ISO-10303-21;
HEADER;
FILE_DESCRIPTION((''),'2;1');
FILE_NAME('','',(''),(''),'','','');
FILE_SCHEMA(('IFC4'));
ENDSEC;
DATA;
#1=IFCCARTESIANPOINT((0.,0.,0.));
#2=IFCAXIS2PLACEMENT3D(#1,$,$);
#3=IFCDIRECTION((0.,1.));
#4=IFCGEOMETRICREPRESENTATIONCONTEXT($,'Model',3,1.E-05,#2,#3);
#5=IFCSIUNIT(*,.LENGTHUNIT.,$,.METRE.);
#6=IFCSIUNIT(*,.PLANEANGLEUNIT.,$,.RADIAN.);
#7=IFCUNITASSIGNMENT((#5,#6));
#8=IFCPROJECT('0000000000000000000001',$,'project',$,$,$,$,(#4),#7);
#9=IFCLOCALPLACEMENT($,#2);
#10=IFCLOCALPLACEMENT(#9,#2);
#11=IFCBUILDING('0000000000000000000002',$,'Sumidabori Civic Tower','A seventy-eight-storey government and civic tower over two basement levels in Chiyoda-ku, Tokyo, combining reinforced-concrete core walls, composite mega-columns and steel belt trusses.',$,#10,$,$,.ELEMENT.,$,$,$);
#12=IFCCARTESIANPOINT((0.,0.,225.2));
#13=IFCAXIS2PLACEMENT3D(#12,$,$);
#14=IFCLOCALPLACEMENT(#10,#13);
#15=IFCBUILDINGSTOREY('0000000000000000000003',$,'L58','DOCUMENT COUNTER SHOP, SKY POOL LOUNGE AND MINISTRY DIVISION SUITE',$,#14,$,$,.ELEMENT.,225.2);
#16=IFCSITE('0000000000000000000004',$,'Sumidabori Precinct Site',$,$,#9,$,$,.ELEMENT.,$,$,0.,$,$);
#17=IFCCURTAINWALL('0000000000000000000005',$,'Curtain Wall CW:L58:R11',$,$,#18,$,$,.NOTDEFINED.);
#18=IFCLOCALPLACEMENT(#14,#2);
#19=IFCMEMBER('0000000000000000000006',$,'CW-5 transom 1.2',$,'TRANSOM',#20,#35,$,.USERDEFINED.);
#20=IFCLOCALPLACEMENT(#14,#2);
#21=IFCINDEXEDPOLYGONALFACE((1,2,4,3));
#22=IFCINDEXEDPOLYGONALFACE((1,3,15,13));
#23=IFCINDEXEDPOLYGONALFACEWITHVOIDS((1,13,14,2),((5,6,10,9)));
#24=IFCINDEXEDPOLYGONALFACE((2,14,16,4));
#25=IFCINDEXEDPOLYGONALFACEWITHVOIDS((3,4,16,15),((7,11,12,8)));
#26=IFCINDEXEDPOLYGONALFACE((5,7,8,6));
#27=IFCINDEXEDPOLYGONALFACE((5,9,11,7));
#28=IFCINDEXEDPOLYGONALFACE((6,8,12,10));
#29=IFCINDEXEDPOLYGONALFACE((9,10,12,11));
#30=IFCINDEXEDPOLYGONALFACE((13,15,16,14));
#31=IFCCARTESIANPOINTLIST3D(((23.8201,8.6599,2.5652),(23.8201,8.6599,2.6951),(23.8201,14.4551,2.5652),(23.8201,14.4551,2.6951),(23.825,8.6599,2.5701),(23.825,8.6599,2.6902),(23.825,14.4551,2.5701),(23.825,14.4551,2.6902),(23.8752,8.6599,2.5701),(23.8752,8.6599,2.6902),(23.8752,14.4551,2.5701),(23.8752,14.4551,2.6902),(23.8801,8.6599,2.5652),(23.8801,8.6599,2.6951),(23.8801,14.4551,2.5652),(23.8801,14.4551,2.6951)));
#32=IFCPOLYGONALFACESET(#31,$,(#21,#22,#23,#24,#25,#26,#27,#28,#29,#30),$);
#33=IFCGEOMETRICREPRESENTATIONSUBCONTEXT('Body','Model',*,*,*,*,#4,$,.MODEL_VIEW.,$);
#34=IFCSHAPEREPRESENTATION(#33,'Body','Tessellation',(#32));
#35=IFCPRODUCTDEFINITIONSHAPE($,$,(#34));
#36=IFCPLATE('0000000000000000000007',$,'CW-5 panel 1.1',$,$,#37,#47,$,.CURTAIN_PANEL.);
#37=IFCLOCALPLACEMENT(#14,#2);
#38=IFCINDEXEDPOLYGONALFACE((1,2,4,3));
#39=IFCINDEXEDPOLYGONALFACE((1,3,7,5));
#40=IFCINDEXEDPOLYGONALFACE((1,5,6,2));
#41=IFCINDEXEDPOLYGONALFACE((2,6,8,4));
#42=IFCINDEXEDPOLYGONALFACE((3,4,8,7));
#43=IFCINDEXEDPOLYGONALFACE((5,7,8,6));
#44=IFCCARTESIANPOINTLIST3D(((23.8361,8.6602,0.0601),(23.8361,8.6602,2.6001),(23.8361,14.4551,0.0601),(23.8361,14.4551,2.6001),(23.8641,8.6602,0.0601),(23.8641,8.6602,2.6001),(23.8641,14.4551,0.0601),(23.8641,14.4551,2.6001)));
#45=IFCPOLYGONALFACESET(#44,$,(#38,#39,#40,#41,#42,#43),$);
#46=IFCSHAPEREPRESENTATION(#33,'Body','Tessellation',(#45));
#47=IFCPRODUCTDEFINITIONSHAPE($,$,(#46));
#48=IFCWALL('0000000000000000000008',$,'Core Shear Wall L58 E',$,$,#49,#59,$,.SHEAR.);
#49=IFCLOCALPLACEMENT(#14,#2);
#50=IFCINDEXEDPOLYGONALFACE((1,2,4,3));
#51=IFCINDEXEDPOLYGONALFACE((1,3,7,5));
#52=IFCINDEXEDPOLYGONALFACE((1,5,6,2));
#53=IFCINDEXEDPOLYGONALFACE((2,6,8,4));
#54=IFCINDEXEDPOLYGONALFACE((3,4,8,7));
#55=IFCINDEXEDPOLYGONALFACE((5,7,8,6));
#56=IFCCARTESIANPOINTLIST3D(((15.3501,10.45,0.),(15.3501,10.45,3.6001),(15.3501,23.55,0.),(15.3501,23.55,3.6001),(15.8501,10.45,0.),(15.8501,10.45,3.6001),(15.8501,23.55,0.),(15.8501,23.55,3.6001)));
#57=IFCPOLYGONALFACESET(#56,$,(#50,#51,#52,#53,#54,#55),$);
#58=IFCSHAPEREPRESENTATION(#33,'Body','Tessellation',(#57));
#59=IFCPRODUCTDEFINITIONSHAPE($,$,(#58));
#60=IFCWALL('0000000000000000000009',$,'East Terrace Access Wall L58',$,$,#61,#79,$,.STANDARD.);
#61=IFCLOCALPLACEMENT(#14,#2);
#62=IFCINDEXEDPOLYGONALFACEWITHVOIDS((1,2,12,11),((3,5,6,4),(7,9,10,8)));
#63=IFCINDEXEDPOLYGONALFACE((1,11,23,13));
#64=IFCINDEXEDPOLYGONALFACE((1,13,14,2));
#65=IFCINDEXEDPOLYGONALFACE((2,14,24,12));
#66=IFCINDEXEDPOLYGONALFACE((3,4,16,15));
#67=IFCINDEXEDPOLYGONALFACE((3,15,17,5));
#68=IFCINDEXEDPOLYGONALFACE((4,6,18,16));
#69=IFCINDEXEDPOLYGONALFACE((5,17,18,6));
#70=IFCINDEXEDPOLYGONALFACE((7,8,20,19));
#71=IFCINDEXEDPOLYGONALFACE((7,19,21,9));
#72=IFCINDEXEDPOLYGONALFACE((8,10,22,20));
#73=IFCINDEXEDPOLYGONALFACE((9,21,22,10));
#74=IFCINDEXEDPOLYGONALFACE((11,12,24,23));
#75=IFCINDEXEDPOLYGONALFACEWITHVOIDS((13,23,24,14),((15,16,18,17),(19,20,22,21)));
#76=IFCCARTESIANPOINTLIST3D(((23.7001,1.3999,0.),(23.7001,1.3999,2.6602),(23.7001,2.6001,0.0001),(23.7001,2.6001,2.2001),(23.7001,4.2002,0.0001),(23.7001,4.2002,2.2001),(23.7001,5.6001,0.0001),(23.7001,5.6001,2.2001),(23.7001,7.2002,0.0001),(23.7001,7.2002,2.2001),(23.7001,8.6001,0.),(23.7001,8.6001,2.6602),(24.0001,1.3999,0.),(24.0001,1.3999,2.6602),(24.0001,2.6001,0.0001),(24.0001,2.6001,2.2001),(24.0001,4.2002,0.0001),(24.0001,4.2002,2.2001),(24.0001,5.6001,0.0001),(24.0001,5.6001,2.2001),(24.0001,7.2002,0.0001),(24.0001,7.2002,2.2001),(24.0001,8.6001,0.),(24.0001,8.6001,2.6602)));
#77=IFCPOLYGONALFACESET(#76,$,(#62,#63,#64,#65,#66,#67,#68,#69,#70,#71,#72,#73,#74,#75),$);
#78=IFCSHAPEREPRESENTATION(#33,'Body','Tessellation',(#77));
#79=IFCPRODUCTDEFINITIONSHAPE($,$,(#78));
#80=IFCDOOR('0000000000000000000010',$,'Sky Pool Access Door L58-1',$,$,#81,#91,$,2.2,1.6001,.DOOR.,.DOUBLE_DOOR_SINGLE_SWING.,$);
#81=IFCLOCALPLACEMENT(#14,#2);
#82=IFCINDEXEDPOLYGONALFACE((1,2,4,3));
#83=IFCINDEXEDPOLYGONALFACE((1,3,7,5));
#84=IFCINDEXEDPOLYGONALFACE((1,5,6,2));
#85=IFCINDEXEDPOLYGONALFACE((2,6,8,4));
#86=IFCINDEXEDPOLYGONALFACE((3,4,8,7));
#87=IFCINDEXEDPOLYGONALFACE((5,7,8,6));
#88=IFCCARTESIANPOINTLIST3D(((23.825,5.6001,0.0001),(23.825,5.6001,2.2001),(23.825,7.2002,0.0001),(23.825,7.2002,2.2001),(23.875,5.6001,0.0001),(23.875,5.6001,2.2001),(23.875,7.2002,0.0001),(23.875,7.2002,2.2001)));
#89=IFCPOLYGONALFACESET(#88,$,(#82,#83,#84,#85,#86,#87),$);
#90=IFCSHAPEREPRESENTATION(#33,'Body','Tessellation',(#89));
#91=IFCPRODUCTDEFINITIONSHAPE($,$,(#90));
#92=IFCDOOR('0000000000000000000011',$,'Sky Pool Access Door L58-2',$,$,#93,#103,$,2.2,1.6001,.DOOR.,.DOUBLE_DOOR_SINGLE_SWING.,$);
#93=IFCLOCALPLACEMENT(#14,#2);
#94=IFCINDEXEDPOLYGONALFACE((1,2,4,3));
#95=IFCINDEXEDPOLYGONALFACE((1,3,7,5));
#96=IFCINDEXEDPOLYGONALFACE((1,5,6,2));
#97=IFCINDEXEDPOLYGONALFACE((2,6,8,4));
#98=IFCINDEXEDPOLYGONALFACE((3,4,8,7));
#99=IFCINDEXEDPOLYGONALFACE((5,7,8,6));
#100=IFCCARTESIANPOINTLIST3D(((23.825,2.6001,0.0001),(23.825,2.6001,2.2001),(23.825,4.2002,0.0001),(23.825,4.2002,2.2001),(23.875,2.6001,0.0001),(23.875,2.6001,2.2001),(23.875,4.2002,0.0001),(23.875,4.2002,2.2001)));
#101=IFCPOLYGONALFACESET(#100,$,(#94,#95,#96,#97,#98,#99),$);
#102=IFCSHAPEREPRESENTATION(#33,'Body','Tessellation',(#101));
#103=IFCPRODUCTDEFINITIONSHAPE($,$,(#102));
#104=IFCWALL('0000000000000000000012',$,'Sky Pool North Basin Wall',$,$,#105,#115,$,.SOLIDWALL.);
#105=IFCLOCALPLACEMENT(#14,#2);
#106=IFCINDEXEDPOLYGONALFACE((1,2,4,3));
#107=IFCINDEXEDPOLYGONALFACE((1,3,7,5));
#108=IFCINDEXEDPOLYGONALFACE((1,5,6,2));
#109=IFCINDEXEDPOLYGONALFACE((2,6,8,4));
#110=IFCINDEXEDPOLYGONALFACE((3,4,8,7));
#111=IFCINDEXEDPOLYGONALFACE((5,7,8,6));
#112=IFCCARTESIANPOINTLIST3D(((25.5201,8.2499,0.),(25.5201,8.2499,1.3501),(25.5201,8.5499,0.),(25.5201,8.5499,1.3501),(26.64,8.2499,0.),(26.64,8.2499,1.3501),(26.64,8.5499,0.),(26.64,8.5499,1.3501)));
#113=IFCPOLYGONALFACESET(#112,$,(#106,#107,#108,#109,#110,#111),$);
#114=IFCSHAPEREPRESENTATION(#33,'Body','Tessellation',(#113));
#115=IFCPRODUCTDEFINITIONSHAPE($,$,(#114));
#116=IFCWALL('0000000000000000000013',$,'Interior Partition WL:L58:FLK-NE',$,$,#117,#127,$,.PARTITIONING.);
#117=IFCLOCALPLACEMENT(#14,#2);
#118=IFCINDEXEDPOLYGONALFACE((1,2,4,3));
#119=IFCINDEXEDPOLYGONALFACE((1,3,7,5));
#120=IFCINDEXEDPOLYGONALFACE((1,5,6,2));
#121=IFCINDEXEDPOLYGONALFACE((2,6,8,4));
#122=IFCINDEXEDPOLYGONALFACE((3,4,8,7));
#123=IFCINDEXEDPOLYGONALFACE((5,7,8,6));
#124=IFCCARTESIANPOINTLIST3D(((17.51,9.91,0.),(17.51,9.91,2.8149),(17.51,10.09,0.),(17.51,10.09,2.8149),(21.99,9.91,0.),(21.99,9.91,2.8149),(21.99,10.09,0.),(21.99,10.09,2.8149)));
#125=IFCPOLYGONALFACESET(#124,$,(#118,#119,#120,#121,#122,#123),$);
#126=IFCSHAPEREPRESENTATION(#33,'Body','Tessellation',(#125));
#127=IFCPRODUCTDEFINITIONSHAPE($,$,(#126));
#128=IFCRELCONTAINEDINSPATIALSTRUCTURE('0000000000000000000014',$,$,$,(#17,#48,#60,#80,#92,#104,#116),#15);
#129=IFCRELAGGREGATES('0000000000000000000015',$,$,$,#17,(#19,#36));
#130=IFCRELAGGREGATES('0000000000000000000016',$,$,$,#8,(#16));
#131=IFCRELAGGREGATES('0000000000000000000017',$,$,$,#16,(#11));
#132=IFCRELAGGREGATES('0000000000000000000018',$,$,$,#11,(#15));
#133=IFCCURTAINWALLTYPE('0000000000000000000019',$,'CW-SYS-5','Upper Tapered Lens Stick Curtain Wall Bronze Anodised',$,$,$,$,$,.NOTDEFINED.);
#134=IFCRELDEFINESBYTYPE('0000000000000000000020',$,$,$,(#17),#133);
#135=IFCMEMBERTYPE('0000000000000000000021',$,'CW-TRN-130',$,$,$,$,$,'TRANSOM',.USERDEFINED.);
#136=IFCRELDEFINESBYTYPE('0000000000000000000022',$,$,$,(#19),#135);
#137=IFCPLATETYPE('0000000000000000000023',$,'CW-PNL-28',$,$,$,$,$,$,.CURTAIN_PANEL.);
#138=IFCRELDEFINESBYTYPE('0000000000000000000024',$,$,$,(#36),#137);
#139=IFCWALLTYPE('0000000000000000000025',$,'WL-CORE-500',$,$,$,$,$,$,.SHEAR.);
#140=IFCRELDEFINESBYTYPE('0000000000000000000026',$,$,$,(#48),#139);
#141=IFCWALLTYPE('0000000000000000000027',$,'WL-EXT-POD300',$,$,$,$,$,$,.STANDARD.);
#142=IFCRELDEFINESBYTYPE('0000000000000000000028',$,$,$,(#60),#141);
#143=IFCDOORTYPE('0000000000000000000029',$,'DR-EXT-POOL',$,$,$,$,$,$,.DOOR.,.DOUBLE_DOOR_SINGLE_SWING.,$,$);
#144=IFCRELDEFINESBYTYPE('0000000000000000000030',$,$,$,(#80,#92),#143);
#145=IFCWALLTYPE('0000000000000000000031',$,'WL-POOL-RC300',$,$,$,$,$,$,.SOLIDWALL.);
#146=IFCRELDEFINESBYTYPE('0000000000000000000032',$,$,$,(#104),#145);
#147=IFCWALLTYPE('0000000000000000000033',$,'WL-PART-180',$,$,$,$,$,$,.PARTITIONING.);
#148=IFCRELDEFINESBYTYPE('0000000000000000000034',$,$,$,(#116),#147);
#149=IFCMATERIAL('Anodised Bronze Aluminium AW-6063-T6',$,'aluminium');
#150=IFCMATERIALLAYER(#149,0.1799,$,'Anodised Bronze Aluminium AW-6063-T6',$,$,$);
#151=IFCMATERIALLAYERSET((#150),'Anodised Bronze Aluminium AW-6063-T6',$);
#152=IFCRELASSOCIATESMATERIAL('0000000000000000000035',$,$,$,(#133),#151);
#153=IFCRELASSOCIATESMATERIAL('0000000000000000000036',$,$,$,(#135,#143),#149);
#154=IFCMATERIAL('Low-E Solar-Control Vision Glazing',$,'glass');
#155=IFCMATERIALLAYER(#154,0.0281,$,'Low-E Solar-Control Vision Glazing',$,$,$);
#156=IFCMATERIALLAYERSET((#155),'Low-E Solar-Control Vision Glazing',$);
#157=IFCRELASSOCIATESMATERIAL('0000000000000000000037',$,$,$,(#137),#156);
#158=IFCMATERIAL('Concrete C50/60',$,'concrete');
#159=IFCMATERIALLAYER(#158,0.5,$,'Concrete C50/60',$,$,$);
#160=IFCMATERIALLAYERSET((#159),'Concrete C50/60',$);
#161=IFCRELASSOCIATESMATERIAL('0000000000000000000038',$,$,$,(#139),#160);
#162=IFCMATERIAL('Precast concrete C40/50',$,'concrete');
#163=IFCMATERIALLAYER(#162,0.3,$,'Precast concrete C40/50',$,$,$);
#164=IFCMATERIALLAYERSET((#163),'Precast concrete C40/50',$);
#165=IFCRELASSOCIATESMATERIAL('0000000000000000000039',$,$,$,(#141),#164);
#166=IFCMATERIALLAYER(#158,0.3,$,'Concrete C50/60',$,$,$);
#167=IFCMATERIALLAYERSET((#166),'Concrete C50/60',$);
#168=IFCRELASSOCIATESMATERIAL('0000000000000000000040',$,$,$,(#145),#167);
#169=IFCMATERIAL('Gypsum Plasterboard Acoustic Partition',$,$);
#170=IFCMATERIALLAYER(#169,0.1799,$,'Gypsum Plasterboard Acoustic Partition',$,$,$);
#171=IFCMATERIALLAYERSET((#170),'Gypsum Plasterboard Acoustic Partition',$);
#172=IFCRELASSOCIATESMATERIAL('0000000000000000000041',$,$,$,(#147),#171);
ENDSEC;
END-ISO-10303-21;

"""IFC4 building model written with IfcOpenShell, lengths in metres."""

from ifc_helpers import new_model, si_unit, direction, frame, frame_2d, origin, origin_2d, place, context, subcontext, project, spatial, rectangle, hollow_rectangle, extrude, source, transform, mapped, material, layer, layer_set, material_profile, profile_set, type_object, element, fill, aggregate, save


model = new_model("IFC4")

# Units and contexts
model_context = context("Model", 3, precision=1e-05, world=origin(), true_north=direction((0.0, 1.0)))
body_context = subcontext(model_context, "Body", "Model", "MODEL_VIEW")
ifc_project = project(units=[si_unit("LENGTHUNIT", "METRE"), si_unit("PLANEANGLEUNIT", "RADIAN")], contexts=[model_context])

# Site, building, storey
site_placement = place(None, origin())
site = spatial("IfcSite", under=ifc_project, at=site_placement, Name="Sumidabori Precinct Site", CompositionType="ELEMENT", RefElevation=0.0)
building_placement = place(site_placement, origin())
building = spatial("IfcBuilding", under=site, at=building_placement, Name="Sumidabori Civic Tower", Description="A seventy-eight-storey government and civic tower over two basement levels in Chiyoda-ku, Tokyo, combining reinforced-concrete core walls, composite mega-columns and steel belt trusses.", CompositionType="ELEMENT")
storey_placement = place(building_placement, frame((0.0, 0.0, 225.2)))
storey = spatial("IfcBuildingStorey", under=building, at=storey_placement, Name="L58", Description="DOCUMENT COUNTER SHOP, SKY POOL LOUNGE AND MINISTRY DIVISION SUITE", CompositionType="ELEMENT", Elevation=225.2)

# Curtain wall, member, plate
ifc_material_1 = material(Name="Anodised Bronze Aluminium AW-6063-T6", Category="aluminium")
ifc_layer_1 = layer(ifc_material_1, 0.1799, Name="Anodised Bronze Aluminium AW-6063-T6")
ifc_layer_set_1 = layer_set([ifc_layer_1], Name="Anodised Bronze Aluminium AW-6063-T6")
curtain_wall_type = type_object("IfcCurtainWallType", Name="CW-SYS-5", Description="Upper Tapered Lens Stick Curtain Wall Bronze Anodised", PredefinedType="NOTDEFINED", material=ifc_layer_set_1)
curtain_wall_placement = place(storey_placement, origin())
curtain_wall = element("IfcCurtainWall", 1, at=curtain_wall_placement, inside=storey, type_object=curtain_wall_type, Name="Curtain Wall CW:L58:R11", PredefinedType="NOTDEFINED")
ifc_material_profile_1 = material_profile(ifc_material_1, hollow_rectangle(XDim=0.0601, YDim=0.1299, WallThickness=0.0049, at=origin_2d()), Name="ALU TRANSOM 130x60")
ifc_profile_set_1 = profile_set([ifc_material_profile_1], Name="Anodised Bronze Aluminium AW-6063-T6")
member_type_1 = type_object("IfcMemberType", Name="CW-TRN-130", ElementType="TRANSOM", PredefinedType="USERDEFINED", material=ifc_profile_set_1)
shared_shape_1 = source(origin(), body_context, "Body", "SweptSolid", [
    extrude(hollow_rectangle(XDim=0.0601, YDim=0.1299, WallThickness=0.0049, at=origin_2d()), origin(), (0.0, 0.0, 1.0), 5.7952),
])
member_1_placement = place(storey_placement, frame((23.8501, 8.6599, 2.6301), z_axis=(0.0, 1.0, 0.0), x_axis=(-1.0, 0.0, 0.0)))
member_1 = element("IfcMember", 2, at=member_1_placement, type_object=member_type_1, Name="CW-5 transom 1.2", ObjectType="TRANSOM", PredefinedType="USERDEFINED", context=body_context, shape_type="MappedRepresentation", body=[
    mapped(shared_shape_1, transform((0.0, 0.0, 0.0), x_axis=(1.0, 0.0, 0.0), y_axis=(0.0, 1.0, 0.0), z_axis=(0.0, 0.0, 1.0), scale=1.0)),
])
ifc_material_2 = material(Name="Low-E Solar-Control Vision Glazing", Category="glass")
ifc_layer_2 = layer(ifc_material_2, 0.0281, Name="Low-E Solar-Control Vision Glazing")
ifc_layer_set_2 = layer_set([ifc_layer_2], Name="Low-E Solar-Control Vision Glazing")
plate_type = type_object("IfcPlateType", Name="CW-PNL-28", PredefinedType="CURTAIN_PANEL", material=ifc_layer_set_2)
shared_shape_2 = source(origin(), body_context, "Body", "SweptSolid", [
    extrude(rectangle(XDim=5.7949, YDim=0.0281, at=origin_2d()), origin(), (0.0, 0.0, 1.0), 2.54),
])
plate_placement = place(storey_placement, frame((23.8501, 11.5576, 0.0601), z_axis=(0.0, 0.0, 1.0), x_axis=(0.0, 1.0, 0.0)))
plate = element("IfcPlate", 3, at=plate_placement, type_object=plate_type, Name="CW-5 panel 1.1", PredefinedType="CURTAIN_PANEL", context=body_context, shape_type="MappedRepresentation", body=[
    mapped(shared_shape_2, transform((0.0, 0.0, 0.0), x_axis=(1.0, 0.0, 0.0), y_axis=(0.0, 1.0, 0.0), z_axis=(0.0, 0.0, 1.0), scale=1.0)),
])
aggregate(curtain_wall, [member_1, plate])

# Wall
ifc_material_3 = material(Name="Concrete C50/60", Category="concrete")
ifc_layer_3 = layer(ifc_material_3, 0.5, Name="Concrete C50/60")
ifc_layer_set_3 = layer_set([ifc_layer_3], Name="Concrete C50/60")
wall_type_1 = type_object("IfcWallType", Name="WL-CORE-500", PredefinedType="SHEAR", material=ifc_layer_set_3)
shared_shape_3 = source(origin(), body_context, "Body", "SweptSolid", [
    extrude(rectangle(XDim=13.1001, YDim=0.5, at=frame_2d((6.55, 0.0))), origin(), (0.0, 0.0, 1.0), 3.6001),
])
wall_1_placement = place(storey_placement, frame((15.6001, 10.45, 0.0), z_axis=(0.0, 0.0, 1.0), x_axis=(0.0, 1.0, 0.0)))
element("IfcWall", 4, at=wall_1_placement, inside=storey, type_object=wall_type_1, Name="Core Shear Wall L58 E", PredefinedType="SHEAR", context=body_context, shape_type="MappedRepresentation", body=[
    mapped(shared_shape_3, transform((0.0, 0.0, 0.0), x_axis=(1.0, 0.0, 0.0), y_axis=(0.0, 1.0, 0.0), z_axis=(0.0, 0.0, 1.0), scale=1.0)),
])

# Wall, openings, doors
ifc_material_4 = material(Name="Precast concrete C40/50", Category="concrete")
ifc_layer_4 = layer(ifc_material_4, 0.3, Name="Precast concrete C40/50")
ifc_layer_set_4 = layer_set([ifc_layer_4], Name="Precast concrete C40/50")
wall_type_2 = type_object("IfcWallType", Name="WL-EXT-POD300", PredefinedType="STANDARD", material=ifc_layer_set_4)
shared_shape_4 = source(origin(), body_context, "Body", "SweptSolid", [
    extrude(rectangle(XDim=7.2002, YDim=0.3, at=frame_2d((3.6001, 0.0))), origin(), (0.0, 0.0, 1.0), 2.6602),
])
wall_2_placement = place(storey_placement, frame((23.8501, 8.6001, 0.0), z_axis=(0.0, 0.0, 1.0), x_axis=(0.0, -1.0, 0.0)))
wall_2 = element("IfcWall", 5, at=wall_2_placement, inside=storey, type_object=wall_type_2, Name="East Terrace Access Wall L58", PredefinedType="STANDARD", context=body_context, shape_type="MappedRepresentation", body=[
    mapped(shared_shape_4, transform((0.0, 0.0, 0.0), x_axis=(1.0, 0.0, 0.0), y_axis=(0.0, 1.0, 0.0), z_axis=(0.0, 0.0, 1.0), scale=1.0)),
])
opening_1_placement = place(wall_2_placement, frame((1.3999, 0.0, 0.0)))
opening_1 = element("IfcOpeningElement", 6, at=opening_1_placement, cuts=wall_2, PredefinedType="OPENING", context=body_context, shape_type="SweptSolid", body=[
    extrude(rectangle(XDim=1.6001, YDim=2.2, at=frame_2d((0.8, 1.1001))), frame((0.0, 0.1621, 0.0), z_axis=(0.0, -1.0, 0.0), x_axis=(1.0, 0.0, 0.0)), (0.0, 0.0, 1.0), 0.324),
])
opening_2_placement = place(wall_2_placement, frame((4.3999, 0.0, 0.0)))
opening_2 = element("IfcOpeningElement", 7, at=opening_2_placement, cuts=wall_2, PredefinedType="OPENING", context=body_context, shape_type="SweptSolid", body=[
    extrude(rectangle(XDim=1.6001, YDim=2.2, at=frame_2d((0.8, 1.1001))), frame((0.0, 0.1621, 0.0), z_axis=(0.0, -1.0, 0.0), x_axis=(1.0, 0.0, 0.0)), (0.0, 0.0, 1.0), 0.324),
])
door_type_1 = type_object("IfcDoorType", Name="DR-EXT-POOL", OperationType="DOUBLE_DOOR_SINGLE_SWING", PredefinedType="DOOR", material=ifc_material_1)
shared_shape_5 = source(origin(), body_context, "Body", "SweptSolid", [
    extrude(rectangle(XDim=1.6001, YDim=2.2, at=frame_2d((0.8, 1.1001))), frame((0.0, 0.0249, 0.0), z_axis=(0.0, -1.0, 0.0), x_axis=(1.0, 0.0, 0.0)), (0.0, 0.0, 1.0), 0.05),
])
door_1_placement = place(opening_1_placement, origin())
door_1 = element("IfcDoor", 8, at=door_1_placement, inside=storey, type_object=door_type_1, Name="Sky Pool Access Door L58-1", OperationType="DOUBLE_DOOR_SINGLE_SWING", OverallHeight=2.2, OverallWidth=1.6001, PredefinedType="DOOR", context=body_context, shape_type="MappedRepresentation", body=[
    mapped(shared_shape_5, transform((0.0, 0.0, 0.0), x_axis=(1.0, 0.0, 0.0), y_axis=(0.0, 1.0, 0.0), z_axis=(0.0, 0.0, 1.0), scale=1.0)),
])
fill(opening_1, door_1)
door_2_placement = place(opening_2_placement, origin())
door_2 = element("IfcDoor", 9, at=door_2_placement, inside=storey, type_object=door_type_1, Name="Sky Pool Access Door L58-2", OperationType="DOUBLE_DOOR_SINGLE_SWING", OverallHeight=2.2, OverallWidth=1.6001, PredefinedType="DOOR", context=body_context, shape_type="MappedRepresentation", body=[
    mapped(shared_shape_5, transform((0.0, 0.0, 0.0), x_axis=(1.0, 0.0, 0.0), y_axis=(0.0, 1.0, 0.0), z_axis=(0.0, 0.0, 1.0), scale=1.0)),
])
fill(opening_2, door_2)

# Walls
ifc_layer_5 = layer(ifc_material_3, 0.3, Name="Concrete C50/60")
ifc_layer_set_5 = layer_set([ifc_layer_5], Name="Concrete C50/60")
wall_type_3 = type_object("IfcWallType", Name="WL-POOL-RC300", PredefinedType="SOLIDWALL", material=ifc_layer_set_5)
shared_shape_6 = source(origin(), body_context, "Body", "SweptSolid", [
    extrude(rectangle(XDim=1.1199, YDim=0.3, at=frame_2d((0.5601, 0.0))), origin(), (0.0, 0.0, 1.0), 1.3501),
])
wall_3_placement = place(storey_placement, frame((25.52, 8.3999, 0.0), z_axis=(0.0, 0.0, 1.0), x_axis=(1.0, 0.0, 0.0)))
element("IfcWall", 10, at=wall_3_placement, inside=storey, type_object=wall_type_3, Name="Sky Pool North Basin Wall", PredefinedType="SOLIDWALL", context=body_context, shape_type="MappedRepresentation", body=[
    mapped(shared_shape_6, transform((0.0, 0.0, 0.0), x_axis=(1.0, 0.0, 0.0), y_axis=(0.0, 1.0, 0.0), z_axis=(0.0, 0.0, 1.0), scale=1.0)),
])
ifc_material_5 = material(Name="Gypsum Plasterboard Acoustic Partition")
ifc_layer_6 = layer(ifc_material_5, 0.1799, Name="Gypsum Plasterboard Acoustic Partition")
ifc_layer_set_6 = layer_set([ifc_layer_6], Name="Gypsum Plasterboard Acoustic Partition")
wall_type_4 = type_object("IfcWallType", Name="WL-PART-180", PredefinedType="PARTITIONING", material=ifc_layer_set_6)
shared_shape_7 = source(origin(), body_context, "Body", "SweptSolid", [
    extrude(rectangle(XDim=4.48, YDim=0.1799, at=frame_2d((2.24, 0.0))), origin(), (0.0, 0.0, 1.0), 2.8149),
])
wall_4_placement = place(storey_placement, frame((17.51, 10.0, 0.0), z_axis=(0.0, 0.0, 1.0), x_axis=(1.0, 0.0, 0.0)))
element("IfcWall", 11, at=wall_4_placement, inside=storey, type_object=wall_type_4, Name="Interior Partition WL:L58:FLK-NE", PredefinedType="PARTITIONING", context=body_context, shape_type="MappedRepresentation", body=[
    mapped(shared_shape_7, transform((0.0, 0.0, 0.0), x_axis=(1.0, 0.0, 0.0), y_axis=(0.0, 1.0, 0.0), z_axis=(0.0, 0.0, 1.0), scale=1.0)),
])

save(model, "model.ifc")
